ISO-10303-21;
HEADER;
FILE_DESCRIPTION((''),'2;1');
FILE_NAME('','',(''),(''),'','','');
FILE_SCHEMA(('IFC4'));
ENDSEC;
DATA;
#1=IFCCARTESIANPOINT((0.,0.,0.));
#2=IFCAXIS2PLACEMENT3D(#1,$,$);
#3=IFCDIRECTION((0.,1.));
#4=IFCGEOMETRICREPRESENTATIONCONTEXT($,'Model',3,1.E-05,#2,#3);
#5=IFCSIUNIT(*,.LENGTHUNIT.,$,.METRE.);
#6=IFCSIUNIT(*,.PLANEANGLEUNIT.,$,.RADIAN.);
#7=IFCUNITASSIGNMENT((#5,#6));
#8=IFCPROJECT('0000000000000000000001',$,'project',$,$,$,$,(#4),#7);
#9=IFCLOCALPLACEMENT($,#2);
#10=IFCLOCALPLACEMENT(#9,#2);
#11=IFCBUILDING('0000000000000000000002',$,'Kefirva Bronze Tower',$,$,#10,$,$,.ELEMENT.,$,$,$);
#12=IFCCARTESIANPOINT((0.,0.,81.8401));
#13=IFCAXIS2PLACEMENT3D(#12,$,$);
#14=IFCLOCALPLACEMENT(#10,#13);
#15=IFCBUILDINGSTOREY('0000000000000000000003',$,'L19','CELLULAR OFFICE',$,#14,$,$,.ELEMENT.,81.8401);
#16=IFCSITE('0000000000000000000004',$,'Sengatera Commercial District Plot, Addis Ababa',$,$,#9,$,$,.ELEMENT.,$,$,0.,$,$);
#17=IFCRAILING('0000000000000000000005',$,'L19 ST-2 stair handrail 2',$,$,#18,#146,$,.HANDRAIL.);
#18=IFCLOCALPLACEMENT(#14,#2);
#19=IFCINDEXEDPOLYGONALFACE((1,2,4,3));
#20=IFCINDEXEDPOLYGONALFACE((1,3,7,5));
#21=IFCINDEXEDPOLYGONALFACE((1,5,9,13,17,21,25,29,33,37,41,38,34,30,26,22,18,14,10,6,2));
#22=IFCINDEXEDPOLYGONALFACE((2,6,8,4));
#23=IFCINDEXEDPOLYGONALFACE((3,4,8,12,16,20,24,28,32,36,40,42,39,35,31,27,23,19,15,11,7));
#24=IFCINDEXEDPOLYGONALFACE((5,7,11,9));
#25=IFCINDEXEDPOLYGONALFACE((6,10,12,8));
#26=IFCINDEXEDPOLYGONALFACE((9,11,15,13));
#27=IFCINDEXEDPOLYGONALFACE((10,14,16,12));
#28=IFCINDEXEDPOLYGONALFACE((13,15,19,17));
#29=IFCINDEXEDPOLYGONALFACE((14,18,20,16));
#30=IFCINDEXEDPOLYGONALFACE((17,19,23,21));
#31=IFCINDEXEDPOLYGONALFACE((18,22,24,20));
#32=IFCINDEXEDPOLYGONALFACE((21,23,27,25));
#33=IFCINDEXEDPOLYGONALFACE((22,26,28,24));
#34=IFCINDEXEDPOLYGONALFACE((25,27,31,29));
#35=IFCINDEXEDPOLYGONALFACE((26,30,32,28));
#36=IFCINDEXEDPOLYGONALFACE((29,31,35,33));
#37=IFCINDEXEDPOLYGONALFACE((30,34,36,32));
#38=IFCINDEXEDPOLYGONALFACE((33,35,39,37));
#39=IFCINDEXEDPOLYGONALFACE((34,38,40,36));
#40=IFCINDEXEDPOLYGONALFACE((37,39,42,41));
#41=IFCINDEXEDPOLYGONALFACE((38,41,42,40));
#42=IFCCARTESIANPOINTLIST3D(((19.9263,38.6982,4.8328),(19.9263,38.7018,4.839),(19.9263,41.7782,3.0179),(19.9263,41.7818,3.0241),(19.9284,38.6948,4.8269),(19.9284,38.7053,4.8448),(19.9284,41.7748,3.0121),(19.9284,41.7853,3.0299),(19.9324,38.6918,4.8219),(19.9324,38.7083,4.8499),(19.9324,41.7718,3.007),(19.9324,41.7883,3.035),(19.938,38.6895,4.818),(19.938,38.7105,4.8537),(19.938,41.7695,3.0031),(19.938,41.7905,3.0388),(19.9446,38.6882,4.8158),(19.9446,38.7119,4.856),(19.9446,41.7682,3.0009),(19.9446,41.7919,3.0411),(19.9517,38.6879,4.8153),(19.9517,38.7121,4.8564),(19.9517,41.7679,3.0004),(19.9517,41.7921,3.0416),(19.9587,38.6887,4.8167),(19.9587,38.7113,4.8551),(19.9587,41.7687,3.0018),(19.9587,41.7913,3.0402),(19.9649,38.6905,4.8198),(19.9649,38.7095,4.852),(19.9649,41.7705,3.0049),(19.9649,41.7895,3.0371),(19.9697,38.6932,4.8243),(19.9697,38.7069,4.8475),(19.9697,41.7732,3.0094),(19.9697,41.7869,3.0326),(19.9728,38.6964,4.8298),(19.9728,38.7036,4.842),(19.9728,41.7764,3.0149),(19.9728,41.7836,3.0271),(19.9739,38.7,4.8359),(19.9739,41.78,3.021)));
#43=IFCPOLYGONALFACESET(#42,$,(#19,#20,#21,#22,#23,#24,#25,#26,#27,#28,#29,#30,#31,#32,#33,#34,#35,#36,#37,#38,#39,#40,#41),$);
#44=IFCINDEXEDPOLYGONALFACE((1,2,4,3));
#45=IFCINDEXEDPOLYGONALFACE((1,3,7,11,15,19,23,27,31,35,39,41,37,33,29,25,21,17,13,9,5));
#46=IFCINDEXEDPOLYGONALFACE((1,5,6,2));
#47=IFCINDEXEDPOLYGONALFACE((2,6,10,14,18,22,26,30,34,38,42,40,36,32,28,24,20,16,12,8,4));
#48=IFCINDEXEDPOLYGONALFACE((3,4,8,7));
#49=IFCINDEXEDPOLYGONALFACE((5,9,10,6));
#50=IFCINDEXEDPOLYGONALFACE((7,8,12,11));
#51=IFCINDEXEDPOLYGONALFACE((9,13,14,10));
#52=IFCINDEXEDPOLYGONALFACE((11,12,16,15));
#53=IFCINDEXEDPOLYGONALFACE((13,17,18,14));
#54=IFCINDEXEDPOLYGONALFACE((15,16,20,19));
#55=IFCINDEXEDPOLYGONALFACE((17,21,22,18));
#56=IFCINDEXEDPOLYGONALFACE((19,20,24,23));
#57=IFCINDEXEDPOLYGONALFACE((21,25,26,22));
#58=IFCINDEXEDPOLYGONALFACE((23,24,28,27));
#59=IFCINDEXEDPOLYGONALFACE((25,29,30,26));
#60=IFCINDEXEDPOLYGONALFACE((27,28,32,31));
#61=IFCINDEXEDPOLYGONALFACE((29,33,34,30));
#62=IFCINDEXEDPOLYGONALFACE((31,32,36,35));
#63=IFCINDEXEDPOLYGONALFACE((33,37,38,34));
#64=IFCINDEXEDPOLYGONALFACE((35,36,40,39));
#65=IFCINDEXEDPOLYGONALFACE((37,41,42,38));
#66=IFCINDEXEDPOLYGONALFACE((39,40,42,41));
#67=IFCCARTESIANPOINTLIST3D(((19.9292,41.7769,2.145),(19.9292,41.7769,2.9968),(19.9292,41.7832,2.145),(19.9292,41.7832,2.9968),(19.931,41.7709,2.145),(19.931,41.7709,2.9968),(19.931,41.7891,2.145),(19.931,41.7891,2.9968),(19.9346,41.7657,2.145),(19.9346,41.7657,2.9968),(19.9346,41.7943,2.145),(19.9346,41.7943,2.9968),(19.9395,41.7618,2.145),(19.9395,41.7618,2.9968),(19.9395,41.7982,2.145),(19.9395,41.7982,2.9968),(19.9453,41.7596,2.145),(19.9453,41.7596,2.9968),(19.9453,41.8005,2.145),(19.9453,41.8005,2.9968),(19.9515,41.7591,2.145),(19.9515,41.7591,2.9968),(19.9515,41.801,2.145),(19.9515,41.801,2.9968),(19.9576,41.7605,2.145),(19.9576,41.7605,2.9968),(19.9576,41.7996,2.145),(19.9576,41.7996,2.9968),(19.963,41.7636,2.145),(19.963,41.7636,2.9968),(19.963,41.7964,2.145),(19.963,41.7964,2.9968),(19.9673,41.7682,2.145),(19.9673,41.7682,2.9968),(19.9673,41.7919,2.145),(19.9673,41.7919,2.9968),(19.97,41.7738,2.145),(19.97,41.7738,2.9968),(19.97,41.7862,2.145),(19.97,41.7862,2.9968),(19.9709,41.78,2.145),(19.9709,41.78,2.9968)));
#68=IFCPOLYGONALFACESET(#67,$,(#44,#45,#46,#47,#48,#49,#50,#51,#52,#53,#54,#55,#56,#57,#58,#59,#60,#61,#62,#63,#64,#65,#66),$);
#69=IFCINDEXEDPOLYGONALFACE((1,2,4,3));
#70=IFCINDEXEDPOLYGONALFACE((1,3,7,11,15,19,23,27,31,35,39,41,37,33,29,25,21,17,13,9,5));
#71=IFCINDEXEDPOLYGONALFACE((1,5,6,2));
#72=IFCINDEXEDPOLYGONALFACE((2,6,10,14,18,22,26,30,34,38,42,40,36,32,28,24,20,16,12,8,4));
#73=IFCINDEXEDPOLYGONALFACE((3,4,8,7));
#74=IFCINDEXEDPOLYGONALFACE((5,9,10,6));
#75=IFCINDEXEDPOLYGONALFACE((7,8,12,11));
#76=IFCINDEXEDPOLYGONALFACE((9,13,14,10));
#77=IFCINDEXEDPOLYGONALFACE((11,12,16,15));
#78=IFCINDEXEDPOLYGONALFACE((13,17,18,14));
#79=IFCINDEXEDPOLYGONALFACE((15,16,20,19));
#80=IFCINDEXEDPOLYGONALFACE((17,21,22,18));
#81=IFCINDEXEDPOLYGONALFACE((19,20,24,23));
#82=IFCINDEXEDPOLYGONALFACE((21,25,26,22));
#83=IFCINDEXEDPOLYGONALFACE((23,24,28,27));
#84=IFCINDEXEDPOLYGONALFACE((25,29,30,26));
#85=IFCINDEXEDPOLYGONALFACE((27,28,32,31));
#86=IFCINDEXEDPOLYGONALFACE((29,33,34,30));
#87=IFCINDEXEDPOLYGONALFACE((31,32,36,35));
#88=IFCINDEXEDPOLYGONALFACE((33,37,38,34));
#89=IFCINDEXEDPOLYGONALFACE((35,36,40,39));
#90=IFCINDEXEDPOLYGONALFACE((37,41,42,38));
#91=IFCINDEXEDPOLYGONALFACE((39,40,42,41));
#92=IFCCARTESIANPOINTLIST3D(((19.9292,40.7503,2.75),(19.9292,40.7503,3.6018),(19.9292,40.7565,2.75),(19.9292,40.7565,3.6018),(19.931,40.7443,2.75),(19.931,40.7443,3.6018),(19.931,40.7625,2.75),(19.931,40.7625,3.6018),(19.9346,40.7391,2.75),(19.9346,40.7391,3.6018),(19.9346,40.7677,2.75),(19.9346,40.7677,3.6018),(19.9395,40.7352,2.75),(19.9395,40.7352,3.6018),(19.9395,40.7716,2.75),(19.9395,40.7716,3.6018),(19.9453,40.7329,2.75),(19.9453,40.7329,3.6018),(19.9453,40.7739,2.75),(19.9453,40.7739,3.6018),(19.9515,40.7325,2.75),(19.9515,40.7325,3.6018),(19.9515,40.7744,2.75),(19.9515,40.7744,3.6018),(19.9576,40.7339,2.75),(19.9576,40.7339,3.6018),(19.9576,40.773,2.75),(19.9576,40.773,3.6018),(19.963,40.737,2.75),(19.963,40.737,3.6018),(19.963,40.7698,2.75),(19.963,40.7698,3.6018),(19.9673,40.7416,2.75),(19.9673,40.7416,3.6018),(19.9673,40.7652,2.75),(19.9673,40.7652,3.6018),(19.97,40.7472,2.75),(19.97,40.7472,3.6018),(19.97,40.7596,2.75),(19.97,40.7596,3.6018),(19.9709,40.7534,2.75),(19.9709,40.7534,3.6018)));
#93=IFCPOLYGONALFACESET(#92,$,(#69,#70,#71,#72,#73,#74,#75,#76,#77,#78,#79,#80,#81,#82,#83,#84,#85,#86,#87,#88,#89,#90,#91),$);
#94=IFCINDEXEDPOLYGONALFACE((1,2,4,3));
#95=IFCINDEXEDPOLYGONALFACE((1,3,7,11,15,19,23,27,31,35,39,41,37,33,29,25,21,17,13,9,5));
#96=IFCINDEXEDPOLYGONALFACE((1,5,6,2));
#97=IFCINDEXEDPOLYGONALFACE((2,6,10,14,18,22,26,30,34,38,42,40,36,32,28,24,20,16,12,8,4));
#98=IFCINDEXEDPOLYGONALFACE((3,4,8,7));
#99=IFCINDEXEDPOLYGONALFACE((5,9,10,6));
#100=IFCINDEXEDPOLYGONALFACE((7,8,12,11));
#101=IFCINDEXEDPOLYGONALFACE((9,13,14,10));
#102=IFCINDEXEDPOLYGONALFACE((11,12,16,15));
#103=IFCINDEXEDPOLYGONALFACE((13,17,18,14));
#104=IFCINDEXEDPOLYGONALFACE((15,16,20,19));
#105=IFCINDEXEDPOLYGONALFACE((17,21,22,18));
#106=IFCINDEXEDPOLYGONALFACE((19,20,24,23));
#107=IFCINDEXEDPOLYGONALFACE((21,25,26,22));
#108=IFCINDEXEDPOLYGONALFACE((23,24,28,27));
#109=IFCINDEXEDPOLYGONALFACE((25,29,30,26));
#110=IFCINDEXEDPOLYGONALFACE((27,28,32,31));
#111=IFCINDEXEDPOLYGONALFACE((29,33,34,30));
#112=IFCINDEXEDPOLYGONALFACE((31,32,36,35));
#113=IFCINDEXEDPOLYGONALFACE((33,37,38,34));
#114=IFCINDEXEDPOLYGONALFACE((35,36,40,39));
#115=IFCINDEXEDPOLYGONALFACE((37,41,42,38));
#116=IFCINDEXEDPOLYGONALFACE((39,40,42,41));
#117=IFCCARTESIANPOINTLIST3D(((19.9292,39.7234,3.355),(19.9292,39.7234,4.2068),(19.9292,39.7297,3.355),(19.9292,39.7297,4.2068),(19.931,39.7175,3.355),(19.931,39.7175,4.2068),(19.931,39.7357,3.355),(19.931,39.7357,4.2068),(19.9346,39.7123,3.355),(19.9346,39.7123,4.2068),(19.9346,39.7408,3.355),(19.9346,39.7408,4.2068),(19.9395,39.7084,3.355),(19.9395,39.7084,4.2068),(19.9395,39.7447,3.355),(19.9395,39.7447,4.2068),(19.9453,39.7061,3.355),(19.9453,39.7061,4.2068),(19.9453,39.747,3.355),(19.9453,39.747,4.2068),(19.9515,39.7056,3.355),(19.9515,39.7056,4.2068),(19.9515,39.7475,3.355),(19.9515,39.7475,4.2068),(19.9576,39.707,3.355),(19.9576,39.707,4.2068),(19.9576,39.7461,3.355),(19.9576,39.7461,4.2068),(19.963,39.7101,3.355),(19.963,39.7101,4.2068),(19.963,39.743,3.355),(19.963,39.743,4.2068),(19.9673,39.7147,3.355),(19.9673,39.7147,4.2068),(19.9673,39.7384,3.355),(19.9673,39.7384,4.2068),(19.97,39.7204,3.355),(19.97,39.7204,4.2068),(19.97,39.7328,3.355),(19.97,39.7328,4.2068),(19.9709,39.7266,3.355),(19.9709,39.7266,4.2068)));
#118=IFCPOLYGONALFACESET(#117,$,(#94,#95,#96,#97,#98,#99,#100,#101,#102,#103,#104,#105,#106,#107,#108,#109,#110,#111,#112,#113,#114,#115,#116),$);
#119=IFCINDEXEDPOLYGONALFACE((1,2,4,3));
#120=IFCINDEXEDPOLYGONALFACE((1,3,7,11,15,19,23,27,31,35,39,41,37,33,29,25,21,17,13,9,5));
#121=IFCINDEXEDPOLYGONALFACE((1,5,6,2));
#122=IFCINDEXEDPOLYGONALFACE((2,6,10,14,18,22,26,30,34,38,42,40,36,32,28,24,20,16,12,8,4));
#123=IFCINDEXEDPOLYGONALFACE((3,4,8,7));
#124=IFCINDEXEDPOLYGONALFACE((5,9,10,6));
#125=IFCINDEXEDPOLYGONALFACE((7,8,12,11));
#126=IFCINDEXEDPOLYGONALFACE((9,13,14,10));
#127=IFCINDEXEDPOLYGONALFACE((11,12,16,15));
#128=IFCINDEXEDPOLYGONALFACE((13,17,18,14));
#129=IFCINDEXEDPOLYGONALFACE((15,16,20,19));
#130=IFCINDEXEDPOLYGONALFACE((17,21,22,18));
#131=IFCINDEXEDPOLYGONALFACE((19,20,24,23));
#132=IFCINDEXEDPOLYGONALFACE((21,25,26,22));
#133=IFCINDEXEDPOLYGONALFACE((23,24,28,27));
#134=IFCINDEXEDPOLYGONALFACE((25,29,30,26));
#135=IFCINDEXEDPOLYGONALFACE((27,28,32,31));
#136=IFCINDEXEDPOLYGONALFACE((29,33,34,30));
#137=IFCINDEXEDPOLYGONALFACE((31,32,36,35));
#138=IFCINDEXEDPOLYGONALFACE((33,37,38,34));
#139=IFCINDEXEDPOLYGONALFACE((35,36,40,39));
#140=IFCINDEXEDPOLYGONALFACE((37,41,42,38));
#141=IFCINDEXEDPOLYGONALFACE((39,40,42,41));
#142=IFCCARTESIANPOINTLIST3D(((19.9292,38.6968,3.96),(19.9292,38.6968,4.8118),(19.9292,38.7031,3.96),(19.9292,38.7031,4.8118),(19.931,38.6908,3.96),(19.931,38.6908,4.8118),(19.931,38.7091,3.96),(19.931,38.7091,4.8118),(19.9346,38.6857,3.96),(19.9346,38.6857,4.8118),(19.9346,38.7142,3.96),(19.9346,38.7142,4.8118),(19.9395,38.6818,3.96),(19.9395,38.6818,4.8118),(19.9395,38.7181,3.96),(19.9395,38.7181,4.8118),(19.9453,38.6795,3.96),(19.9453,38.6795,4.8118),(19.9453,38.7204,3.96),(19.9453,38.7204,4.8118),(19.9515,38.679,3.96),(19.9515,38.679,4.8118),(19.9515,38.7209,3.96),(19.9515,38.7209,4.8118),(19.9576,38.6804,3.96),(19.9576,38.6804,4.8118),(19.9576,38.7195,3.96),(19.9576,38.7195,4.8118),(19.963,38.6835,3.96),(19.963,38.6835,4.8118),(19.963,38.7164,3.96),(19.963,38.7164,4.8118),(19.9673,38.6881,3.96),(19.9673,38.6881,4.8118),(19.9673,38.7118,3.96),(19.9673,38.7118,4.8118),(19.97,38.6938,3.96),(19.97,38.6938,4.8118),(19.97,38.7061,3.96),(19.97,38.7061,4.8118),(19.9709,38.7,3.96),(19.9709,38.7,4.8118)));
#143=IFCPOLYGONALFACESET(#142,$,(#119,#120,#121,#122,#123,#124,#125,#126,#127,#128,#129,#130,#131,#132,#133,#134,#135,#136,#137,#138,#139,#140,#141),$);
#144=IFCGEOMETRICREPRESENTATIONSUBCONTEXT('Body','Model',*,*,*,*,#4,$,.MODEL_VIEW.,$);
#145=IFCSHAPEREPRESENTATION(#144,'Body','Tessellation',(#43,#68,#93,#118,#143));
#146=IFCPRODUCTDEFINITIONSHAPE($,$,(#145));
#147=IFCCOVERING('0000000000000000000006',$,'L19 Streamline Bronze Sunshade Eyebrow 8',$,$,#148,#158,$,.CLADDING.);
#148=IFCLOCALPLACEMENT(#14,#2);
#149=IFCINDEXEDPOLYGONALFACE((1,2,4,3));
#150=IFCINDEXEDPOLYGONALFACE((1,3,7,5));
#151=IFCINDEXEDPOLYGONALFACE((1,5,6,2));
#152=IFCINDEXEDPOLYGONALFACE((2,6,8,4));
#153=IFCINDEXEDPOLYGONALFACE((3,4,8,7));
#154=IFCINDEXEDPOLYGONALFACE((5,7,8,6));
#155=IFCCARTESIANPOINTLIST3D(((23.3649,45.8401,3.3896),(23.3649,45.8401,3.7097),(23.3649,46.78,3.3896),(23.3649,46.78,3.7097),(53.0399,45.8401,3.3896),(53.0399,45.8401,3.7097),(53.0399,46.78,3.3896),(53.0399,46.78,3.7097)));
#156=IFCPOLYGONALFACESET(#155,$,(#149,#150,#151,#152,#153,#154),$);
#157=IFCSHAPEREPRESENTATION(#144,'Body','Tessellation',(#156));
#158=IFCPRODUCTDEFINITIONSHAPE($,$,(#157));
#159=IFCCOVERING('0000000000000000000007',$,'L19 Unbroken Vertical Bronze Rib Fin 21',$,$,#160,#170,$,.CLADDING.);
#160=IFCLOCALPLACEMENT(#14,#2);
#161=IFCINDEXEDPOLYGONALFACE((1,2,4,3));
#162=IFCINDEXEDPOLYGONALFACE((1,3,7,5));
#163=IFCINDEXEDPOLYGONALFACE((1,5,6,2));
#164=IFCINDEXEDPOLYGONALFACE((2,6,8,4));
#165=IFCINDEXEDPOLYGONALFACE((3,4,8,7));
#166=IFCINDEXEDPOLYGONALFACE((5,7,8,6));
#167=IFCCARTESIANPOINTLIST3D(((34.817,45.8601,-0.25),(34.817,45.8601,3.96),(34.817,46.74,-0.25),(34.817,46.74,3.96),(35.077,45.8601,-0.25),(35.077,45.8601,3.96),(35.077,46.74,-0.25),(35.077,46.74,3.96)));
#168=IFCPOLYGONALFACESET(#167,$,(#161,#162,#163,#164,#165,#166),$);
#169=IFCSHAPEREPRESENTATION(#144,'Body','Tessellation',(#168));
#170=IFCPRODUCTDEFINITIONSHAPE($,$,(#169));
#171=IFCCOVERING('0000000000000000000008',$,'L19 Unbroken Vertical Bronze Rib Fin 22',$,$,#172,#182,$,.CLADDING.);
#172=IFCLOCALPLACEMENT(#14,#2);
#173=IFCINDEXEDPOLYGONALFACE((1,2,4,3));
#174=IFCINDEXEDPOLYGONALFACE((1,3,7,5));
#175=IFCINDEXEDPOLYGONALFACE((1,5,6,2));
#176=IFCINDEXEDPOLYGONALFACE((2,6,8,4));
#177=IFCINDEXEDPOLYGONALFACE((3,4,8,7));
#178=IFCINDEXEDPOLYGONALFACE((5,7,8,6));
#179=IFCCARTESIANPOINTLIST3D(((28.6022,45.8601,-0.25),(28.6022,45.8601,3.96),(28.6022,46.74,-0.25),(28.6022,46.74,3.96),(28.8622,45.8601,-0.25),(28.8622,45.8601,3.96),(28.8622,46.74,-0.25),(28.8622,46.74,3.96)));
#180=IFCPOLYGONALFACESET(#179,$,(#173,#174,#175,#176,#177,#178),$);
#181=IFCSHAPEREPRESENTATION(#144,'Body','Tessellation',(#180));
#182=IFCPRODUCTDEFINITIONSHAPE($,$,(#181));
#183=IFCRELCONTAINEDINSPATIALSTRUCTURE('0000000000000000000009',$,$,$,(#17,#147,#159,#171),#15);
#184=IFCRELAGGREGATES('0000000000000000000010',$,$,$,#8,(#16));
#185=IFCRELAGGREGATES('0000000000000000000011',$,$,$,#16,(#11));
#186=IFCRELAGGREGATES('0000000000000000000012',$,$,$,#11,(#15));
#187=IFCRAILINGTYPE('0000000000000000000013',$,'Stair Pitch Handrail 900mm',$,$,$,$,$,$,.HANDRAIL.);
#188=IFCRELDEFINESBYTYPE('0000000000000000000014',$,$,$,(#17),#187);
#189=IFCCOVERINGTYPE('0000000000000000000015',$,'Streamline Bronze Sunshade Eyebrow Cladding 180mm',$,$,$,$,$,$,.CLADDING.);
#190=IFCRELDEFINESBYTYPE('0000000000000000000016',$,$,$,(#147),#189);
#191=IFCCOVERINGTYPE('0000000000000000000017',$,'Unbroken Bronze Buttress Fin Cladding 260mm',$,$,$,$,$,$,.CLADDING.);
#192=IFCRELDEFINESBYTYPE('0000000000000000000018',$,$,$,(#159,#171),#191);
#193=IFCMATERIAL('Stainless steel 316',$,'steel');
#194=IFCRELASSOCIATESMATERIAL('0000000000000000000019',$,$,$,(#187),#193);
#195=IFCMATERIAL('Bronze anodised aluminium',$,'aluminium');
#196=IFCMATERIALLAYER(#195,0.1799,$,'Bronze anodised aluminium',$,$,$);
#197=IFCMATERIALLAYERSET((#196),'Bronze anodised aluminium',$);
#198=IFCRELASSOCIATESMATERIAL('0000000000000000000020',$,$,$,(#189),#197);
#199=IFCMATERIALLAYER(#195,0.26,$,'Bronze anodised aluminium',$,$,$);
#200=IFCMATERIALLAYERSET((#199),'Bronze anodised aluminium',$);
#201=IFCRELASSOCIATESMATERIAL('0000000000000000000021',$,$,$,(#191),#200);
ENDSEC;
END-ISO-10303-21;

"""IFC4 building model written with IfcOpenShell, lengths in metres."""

from ifc_helpers import new_model, si_unit, direction, frame, origin, origin_2d, place, context, subcontext, project, spatial, rectangle, circle, extrude, material, layer, layer_set, type_object, element, save


model = new_model("IFC4")

# Units and contexts
model_context = context("Model", 3, precision=1e-05, world=origin(), true_north=direction((0.0, 1.0)))
body_context = subcontext(model_context, "Body", "Model", "MODEL_VIEW")
ifc_project = project(units=[si_unit("LENGTHUNIT", "METRE"), si_unit("PLANEANGLEUNIT", "RADIAN")], contexts=[model_context])

# Site, building, storey
site_placement = place(None, origin())
site = spatial("IfcSite", under=ifc_project, at=site_placement, Name="Sengatera Commercial District Plot, Addis Ababa", CompositionType="ELEMENT", RefElevation=0.0)
building_placement = place(site_placement, origin())
building = spatial("IfcBuilding", under=site, at=building_placement, Name="Kefirva Bronze Tower", CompositionType="ELEMENT")
storey_placement = place(building_placement, frame((0.0, 0.0, 81.8401)))
storey = spatial("IfcBuildingStorey", under=building, at=storey_placement, Name="L19", Description="CELLULAR OFFICE", CompositionType="ELEMENT", Elevation=81.8401)

# Shared definitions
ifc_material_1 = material(Name="Bronze anodised aluminium", Category="aluminium")

# Railing
ifc_material_2 = material(Name="Stainless steel 316", Category="steel")
railing_type_1 = type_object("IfcRailingType", Name="Stair Pitch Handrail 900mm", PredefinedType="HANDRAIL", material=ifc_material_2)
railing_1_placement = place(storey_placement, frame((19.95, 41.78, 2.145)))
element("IfcRailing", 1, at=railing_1_placement, inside=storey, type_object=railing_type_1, Name="L19 ST-2 stair handrail 2", PredefinedType="HANDRAIL", context=body_context, shape_type="SweptSolid", body=[
    extrude(circle(Radius=0.0239, at=origin_2d()), frame((0.0, 0.0, 0.876), z_axis=(0.0, -0.861551, 0.507671), x_axis=(1.0, 0.0, 0.0)), (0.0, 0.0, 1.0), 3.575),
    extrude(circle(Radius=0.021, at=origin_2d()), origin(), (0.0, 0.0, 1.0), 0.8518),
    extrude(circle(Radius=0.021, at=origin_2d()), frame((0.0, -1.0266, 0.605)), (0.0, 0.0, 1.0), 0.8518),
    extrude(circle(Radius=0.021, at=origin_2d()), frame((0.0, -2.0535, 1.21)), (0.0, 0.0, 1.0), 0.8518),
    extrude(circle(Radius=0.021, at=origin_2d()), frame((0.0, -3.0801, 1.8149)), (0.0, 0.0, 1.0), 0.8518),
])

# Coverings
ifc_layer_1 = layer(ifc_material_1, 0.1799, Name="Bronze anodised aluminium")
ifc_layer_set_1 = layer_set([ifc_layer_1], Name="Bronze anodised aluminium")
covering_type_1 = type_object("IfcCoveringType", Name="Streamline Bronze Sunshade Eyebrow Cladding 180mm", PredefinedType="CLADDING", material=ifc_layer_set_1)
covering_1_placement = place(storey_placement, frame((38.2024, 46.3101, 3.3896), z_axis=(0.0, 0.0, 1.0), x_axis=(-1.0, 0.0, 0.0)))
element("IfcCovering", 2, at=covering_1_placement, inside=storey, type_object=covering_type_1, Name="L19 Streamline Bronze Sunshade Eyebrow 8", PredefinedType="CLADDING", context=body_context, shape_type="SweptSolid", body=[
    extrude(rectangle(XDim=29.675, YDim=0.9399, at=origin_2d()), origin(), (0.0, 0.0, 1.0), 0.3201),
])
ifc_layer_2 = layer(ifc_material_1, 0.26, Name="Bronze anodised aluminium")
ifc_layer_set_2 = layer_set([ifc_layer_2], Name="Bronze anodised aluminium")
covering_type_2 = type_object("IfcCoveringType", Name="Unbroken Bronze Buttress Fin Cladding 260mm", PredefinedType="CLADDING", material=ifc_layer_set_2)
for number, where, z_axis, x_axis, name in (
    (3, (34.947, 46.3, -0.25), (0.0, 0.0, 1.0), (-1.0, 0.0, 0.0), "L19 Unbroken Vertical Bronze Rib Fin 21"),
    (4, (28.7322, 46.3, -0.25), (0.0, 0.0, 1.0), (-1.0, 0.0, 0.0), "L19 Unbroken Vertical Bronze Rib Fin 22"),
):
    element("IfcCovering", number, at=place(storey_placement, frame(where, z_axis=z_axis, x_axis=x_axis)), inside=storey, type_object=covering_type_2, Name=name, PredefinedType="CLADDING", context=body_context, shape_type="SweptSolid", body=[
        extrude(rectangle(XDim=0.26, YDim=0.8799, at=origin_2d()), origin(), (0.0, 0.0, 1.0), 4.21),
    ])

save(model, "model.ifc")
